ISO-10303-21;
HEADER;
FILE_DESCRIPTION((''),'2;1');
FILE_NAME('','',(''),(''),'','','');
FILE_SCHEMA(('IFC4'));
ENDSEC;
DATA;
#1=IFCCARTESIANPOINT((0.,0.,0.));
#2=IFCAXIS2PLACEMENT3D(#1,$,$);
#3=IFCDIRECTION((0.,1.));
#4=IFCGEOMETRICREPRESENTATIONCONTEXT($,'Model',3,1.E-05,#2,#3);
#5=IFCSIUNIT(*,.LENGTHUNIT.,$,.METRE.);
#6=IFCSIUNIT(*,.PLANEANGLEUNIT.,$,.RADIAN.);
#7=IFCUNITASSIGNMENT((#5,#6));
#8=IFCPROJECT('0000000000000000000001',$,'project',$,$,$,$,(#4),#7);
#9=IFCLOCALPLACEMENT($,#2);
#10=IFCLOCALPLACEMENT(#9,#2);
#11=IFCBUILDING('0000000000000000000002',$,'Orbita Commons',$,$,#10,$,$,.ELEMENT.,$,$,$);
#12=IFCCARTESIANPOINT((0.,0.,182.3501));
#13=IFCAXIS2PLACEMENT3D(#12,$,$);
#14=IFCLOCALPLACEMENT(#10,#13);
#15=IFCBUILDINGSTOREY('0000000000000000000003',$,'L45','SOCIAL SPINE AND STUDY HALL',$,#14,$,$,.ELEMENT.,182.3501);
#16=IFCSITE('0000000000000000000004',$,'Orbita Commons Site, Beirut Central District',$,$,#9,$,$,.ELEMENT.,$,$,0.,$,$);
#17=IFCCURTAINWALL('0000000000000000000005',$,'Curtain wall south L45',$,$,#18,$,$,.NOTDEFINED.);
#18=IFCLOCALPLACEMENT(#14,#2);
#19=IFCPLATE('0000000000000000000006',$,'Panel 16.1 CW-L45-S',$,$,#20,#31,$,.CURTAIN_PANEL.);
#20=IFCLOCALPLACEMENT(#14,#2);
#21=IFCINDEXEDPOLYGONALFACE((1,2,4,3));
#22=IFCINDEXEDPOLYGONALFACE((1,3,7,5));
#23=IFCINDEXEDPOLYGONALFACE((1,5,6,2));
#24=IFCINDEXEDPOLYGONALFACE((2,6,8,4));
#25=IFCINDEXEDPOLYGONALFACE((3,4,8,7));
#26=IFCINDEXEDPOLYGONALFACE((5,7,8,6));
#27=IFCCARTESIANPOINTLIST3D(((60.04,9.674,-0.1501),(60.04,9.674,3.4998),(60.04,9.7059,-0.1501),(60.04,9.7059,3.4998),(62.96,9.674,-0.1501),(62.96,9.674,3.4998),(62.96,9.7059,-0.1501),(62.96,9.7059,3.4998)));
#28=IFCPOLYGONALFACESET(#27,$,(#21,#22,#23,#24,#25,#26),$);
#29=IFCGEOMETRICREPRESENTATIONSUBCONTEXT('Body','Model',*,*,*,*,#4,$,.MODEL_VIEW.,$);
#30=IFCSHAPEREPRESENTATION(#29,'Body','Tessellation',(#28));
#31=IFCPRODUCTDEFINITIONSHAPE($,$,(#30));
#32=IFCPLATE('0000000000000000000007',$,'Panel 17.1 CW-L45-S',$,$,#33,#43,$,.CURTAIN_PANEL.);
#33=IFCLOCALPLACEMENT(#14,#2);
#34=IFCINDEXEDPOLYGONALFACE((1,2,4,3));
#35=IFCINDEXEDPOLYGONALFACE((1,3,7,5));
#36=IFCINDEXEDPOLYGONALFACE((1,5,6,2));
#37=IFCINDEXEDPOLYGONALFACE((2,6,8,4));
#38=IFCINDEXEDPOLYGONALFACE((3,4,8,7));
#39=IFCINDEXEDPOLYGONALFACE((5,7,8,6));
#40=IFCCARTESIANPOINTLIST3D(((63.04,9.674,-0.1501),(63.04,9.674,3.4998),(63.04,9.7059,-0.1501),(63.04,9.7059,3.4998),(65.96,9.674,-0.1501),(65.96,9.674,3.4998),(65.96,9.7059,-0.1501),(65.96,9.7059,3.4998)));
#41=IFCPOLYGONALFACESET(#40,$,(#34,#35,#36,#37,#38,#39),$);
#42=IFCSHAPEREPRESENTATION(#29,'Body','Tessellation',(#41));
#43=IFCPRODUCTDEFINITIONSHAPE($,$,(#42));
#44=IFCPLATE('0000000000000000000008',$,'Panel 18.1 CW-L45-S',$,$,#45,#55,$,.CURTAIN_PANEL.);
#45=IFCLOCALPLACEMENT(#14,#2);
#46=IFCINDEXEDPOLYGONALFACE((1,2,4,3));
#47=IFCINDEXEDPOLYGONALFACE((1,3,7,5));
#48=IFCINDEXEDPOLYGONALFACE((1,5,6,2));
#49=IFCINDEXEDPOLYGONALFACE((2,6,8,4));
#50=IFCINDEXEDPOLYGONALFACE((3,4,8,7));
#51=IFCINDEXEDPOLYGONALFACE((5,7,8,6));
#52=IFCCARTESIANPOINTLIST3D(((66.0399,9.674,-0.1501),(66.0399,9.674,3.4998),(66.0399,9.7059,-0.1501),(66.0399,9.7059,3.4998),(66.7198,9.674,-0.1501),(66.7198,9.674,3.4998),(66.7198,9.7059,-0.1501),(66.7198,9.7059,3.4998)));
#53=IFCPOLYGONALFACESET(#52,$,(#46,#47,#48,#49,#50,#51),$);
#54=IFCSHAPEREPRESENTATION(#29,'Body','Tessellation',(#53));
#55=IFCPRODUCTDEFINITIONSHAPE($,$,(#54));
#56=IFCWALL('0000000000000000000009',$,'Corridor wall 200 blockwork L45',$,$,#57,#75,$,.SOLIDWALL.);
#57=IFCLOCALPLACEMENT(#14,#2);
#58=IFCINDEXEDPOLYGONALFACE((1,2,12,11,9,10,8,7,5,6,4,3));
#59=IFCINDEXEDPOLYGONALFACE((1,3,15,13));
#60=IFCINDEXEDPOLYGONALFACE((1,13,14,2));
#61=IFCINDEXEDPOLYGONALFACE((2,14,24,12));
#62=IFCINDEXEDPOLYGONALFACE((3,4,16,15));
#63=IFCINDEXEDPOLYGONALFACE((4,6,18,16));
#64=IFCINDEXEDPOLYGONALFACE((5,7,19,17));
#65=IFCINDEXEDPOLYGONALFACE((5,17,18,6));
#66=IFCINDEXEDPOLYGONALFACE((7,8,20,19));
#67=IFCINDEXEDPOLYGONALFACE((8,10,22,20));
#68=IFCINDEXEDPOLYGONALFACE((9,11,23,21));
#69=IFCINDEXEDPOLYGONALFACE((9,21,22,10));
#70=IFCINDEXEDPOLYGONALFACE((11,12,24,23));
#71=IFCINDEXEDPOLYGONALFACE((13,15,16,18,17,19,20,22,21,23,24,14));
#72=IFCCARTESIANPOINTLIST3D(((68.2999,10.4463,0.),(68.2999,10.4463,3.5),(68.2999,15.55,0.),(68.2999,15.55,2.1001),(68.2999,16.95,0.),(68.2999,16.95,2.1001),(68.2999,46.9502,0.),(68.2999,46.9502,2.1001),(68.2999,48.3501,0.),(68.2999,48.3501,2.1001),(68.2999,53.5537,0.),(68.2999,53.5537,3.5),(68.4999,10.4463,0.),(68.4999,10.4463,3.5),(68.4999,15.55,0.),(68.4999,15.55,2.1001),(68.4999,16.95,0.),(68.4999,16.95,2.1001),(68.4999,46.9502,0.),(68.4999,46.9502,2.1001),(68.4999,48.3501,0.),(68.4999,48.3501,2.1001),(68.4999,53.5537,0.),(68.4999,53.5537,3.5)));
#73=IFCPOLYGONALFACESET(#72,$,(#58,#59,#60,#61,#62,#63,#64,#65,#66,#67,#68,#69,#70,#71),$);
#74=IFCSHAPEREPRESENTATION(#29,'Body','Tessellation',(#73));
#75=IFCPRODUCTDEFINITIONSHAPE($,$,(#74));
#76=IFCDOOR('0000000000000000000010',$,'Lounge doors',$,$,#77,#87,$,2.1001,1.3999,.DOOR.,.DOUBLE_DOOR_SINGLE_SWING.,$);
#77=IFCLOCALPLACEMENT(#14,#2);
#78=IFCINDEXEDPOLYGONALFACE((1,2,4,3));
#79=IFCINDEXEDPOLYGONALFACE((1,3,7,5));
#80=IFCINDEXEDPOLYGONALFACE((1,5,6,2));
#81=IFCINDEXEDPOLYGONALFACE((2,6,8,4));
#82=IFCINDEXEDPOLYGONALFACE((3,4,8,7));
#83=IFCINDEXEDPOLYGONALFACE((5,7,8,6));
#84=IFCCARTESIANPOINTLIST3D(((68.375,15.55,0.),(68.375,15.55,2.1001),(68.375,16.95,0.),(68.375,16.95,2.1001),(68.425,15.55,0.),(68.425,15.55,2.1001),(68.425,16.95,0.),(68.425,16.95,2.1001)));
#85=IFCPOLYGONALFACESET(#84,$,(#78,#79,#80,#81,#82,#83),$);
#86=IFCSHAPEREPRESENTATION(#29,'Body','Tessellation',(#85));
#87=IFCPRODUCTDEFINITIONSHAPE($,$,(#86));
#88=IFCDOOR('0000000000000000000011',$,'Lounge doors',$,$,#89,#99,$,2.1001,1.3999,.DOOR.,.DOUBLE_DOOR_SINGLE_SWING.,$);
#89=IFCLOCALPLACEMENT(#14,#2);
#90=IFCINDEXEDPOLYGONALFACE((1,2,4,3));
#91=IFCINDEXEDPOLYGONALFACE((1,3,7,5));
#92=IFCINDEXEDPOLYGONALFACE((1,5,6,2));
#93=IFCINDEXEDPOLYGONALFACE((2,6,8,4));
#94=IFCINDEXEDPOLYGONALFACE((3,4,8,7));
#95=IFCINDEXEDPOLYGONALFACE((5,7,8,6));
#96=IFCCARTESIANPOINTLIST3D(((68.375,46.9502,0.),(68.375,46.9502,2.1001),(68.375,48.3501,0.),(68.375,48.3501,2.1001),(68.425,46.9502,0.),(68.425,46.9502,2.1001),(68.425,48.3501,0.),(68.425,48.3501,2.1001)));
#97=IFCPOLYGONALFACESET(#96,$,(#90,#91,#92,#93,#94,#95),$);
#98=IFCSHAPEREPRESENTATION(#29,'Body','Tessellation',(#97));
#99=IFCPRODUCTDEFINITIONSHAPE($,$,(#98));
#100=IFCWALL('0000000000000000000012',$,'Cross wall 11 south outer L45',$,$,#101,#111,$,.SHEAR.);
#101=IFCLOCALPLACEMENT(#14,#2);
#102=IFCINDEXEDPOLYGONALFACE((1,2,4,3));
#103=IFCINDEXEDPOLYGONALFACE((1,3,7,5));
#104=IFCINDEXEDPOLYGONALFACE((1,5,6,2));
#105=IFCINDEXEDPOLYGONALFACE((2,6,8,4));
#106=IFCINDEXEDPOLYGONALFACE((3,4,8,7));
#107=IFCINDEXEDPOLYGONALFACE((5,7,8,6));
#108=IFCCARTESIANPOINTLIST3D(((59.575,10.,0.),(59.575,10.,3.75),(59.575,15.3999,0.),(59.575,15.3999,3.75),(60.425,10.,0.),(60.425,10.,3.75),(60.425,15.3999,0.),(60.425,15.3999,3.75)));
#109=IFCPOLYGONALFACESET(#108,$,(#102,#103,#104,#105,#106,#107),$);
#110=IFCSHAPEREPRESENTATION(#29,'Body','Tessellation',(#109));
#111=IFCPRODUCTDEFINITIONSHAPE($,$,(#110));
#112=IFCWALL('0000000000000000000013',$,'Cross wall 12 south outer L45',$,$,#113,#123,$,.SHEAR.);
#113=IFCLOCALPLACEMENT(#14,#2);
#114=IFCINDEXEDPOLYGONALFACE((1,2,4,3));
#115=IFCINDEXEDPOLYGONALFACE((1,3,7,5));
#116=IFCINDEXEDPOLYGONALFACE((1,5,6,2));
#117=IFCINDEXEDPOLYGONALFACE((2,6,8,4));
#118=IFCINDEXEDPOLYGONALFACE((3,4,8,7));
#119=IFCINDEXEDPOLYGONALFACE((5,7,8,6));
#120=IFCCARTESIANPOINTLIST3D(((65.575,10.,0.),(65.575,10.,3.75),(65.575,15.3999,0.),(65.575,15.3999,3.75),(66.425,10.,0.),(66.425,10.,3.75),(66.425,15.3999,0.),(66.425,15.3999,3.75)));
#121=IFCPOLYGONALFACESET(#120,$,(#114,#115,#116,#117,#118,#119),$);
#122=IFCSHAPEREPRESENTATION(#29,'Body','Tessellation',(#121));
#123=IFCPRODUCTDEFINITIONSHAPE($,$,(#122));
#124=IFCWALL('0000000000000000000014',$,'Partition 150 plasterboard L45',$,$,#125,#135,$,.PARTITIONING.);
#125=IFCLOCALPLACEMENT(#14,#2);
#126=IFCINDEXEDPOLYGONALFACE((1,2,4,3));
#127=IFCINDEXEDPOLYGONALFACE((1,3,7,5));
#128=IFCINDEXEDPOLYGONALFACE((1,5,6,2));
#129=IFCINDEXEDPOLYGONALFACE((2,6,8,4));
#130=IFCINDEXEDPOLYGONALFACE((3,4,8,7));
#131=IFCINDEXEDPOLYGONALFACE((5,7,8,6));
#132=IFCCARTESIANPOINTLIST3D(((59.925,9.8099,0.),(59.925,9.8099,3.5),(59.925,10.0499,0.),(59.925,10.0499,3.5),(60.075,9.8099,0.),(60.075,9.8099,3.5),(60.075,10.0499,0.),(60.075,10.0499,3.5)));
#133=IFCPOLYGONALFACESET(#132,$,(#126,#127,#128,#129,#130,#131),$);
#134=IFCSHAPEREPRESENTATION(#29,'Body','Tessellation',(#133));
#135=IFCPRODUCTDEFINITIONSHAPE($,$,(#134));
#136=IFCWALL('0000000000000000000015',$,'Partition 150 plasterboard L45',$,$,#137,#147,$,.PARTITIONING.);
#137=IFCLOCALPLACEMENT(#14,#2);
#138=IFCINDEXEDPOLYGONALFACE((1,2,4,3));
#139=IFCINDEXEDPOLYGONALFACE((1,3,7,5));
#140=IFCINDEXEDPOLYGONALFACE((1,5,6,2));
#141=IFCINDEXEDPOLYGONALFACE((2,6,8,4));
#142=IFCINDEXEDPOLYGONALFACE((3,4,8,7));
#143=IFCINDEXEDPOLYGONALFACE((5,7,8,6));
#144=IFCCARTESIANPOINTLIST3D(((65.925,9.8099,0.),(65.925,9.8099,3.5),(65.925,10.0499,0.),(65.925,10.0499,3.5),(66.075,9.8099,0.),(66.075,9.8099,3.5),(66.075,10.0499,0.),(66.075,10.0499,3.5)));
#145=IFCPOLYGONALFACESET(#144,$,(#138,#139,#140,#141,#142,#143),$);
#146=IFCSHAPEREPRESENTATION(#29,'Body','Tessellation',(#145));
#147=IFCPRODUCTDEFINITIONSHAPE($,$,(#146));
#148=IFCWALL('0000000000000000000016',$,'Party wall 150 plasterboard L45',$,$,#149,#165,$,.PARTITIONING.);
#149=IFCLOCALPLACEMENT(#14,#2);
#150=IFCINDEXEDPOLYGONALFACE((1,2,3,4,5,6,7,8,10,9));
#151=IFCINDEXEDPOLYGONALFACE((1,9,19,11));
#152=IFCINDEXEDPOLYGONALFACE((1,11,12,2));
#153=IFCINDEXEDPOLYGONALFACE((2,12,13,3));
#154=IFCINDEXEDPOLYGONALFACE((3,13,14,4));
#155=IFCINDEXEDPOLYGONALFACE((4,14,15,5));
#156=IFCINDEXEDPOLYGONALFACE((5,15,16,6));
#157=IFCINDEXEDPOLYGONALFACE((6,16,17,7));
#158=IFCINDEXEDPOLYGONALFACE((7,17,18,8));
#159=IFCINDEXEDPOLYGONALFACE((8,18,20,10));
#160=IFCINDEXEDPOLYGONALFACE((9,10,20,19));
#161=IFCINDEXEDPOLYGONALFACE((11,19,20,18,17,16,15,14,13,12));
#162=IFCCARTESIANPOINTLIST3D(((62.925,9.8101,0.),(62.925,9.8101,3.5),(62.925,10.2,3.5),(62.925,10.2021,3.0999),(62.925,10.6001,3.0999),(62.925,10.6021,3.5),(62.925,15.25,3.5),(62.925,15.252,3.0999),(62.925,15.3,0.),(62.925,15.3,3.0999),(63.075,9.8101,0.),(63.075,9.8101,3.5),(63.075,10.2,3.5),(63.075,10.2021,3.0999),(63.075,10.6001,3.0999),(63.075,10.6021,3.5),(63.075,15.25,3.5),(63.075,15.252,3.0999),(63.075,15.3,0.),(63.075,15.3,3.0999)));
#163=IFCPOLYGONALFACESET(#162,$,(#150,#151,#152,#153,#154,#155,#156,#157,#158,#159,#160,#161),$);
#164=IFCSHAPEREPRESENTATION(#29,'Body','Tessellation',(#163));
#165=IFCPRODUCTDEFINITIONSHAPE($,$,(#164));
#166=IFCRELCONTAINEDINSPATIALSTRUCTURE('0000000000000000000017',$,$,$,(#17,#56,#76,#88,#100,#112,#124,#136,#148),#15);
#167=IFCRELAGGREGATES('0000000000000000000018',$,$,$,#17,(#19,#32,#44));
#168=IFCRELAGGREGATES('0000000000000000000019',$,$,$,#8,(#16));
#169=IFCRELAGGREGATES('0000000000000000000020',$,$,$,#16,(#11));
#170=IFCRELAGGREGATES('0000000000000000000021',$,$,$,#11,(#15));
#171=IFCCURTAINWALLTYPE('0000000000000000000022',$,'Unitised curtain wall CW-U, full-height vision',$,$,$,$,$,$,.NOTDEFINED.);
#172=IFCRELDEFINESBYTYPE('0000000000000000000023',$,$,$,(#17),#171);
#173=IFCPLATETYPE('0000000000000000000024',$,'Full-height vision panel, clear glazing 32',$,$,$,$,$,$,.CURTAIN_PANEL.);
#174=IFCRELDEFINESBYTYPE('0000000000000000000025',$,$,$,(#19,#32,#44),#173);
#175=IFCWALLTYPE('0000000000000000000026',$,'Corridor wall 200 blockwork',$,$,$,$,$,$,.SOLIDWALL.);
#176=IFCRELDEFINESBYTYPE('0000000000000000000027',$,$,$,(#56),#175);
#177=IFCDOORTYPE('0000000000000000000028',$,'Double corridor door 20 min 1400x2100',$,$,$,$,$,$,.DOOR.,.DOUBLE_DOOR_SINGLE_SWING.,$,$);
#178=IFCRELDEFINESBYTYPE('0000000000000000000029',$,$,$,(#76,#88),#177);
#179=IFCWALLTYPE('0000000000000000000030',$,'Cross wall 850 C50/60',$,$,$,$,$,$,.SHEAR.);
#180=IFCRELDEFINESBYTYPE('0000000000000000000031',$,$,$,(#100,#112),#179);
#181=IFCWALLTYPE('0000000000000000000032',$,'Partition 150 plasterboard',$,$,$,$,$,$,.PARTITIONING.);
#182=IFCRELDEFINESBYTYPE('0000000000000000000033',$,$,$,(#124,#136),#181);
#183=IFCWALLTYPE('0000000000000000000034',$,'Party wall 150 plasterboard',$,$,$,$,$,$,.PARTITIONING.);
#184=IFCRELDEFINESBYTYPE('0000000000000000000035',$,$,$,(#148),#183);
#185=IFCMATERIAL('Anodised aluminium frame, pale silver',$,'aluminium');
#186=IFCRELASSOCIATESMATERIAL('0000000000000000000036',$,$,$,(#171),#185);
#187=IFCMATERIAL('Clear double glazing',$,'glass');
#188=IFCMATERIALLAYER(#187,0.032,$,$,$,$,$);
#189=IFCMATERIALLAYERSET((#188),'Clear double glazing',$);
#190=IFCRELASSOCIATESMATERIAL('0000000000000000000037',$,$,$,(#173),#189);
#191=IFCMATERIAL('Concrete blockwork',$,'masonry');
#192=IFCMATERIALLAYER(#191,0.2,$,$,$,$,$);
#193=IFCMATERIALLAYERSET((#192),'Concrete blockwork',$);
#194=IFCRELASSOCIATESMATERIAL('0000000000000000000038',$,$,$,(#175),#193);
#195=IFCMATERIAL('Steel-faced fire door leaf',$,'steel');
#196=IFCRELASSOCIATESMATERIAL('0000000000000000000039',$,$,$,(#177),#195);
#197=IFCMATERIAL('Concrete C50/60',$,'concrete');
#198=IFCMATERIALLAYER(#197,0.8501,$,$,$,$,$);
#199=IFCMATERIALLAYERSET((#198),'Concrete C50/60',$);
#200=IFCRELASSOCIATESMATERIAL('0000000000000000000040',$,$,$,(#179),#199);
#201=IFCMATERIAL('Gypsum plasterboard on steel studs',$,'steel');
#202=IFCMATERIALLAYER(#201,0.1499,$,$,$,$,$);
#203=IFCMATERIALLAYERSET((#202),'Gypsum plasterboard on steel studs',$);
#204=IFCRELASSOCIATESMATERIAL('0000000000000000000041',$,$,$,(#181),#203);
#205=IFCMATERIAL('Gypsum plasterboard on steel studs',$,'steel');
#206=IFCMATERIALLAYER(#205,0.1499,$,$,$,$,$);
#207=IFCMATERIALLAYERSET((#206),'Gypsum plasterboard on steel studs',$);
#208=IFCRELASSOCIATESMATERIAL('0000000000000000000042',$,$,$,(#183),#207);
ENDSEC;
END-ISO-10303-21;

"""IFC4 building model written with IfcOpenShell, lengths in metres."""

from ifc_helpers import new_model, si_unit, direction, frame, frame_2d, origin, origin_2d, place, context, subcontext, project, spatial, polyline, rectangle, outline, extrude, material, layer, layer_set, type_object, element, fill, aggregate, save


model = new_model("IFC4")

# Units and contexts
model_context = context("Model", 3, precision=1e-05, world=origin(), true_north=direction((0.0, 1.0)))
body_context = subcontext(model_context, "Body", "Model", "MODEL_VIEW")
ifc_project = project(units=[si_unit("LENGTHUNIT", "METRE"), si_unit("PLANEANGLEUNIT", "RADIAN")], contexts=[model_context])

# Site, building, storey
site_placement = place(None, origin())
site = spatial("IfcSite", under=ifc_project, at=site_placement, Name="Orbita Commons Site, Beirut Central District", CompositionType="ELEMENT", RefElevation=0.0)
building_placement = place(site_placement, origin())
building = spatial("IfcBuilding", under=site, at=building_placement, Name="Orbita Commons", CompositionType="ELEMENT")
storey_placement = place(building_placement, frame((0.0, 0.0, 182.3501)))
storey = spatial("IfcBuildingStorey", under=building, at=storey_placement, Name="L45", Description="SOCIAL SPINE AND STUDY HALL", CompositionType="ELEMENT", Elevation=182.3501)

# Curtain wall
ifc_material_1 = material(Name="Anodised aluminium frame, pale silver", Category="aluminium")
curtain_wall_type = type_object("IfcCurtainWallType", Name="Unitised curtain wall CW-U, full-height vision", PredefinedType="NOTDEFINED", material=ifc_material_1)
curtain_wall_placement = place(storey_placement, origin())
curtain_wall = element("IfcCurtainWall", 1, at=curtain_wall_placement, inside=storey, type_object=curtain_wall_type, Name="Curtain wall south L45", PredefinedType="NOTDEFINED")

# Plates
ifc_material_2 = material(Name="Clear double glazing", Category="glass")
ifc_layer_1 = layer(ifc_material_2, 0.032)
ifc_layer_set_1 = layer_set([ifc_layer_1], Name="Clear double glazing")
plate_type = type_object("IfcPlateType", Name="Full-height vision panel, clear glazing 32", PredefinedType="CURTAIN_PANEL", material=ifc_layer_set_1)
plate_1_placement = place(storey_placement, frame((61.5, 9.6899, -0.1501), z_axis=(0.0, 0.0, 1.0), x_axis=(1.0, 0.0, 0.0)))
plate_1 = element("IfcPlate", 2, at=plate_1_placement, type_object=plate_type, Name="Panel 16.1 CW-L45-S", PredefinedType="CURTAIN_PANEL", context=body_context, shape_type="SweptSolid", body=[
    extrude(rectangle(XDim=2.9199, YDim=0.032, at=origin_2d()), origin(), (0.0, 0.0, 1.0), 3.6499),
])
plate_2_placement = place(storey_placement, frame((64.5, 9.6899, -0.1501), z_axis=(0.0, 0.0, 1.0), x_axis=(1.0, 0.0, 0.0)))
plate_2 = element("IfcPlate", 3, at=plate_2_placement, type_object=plate_type, Name="Panel 17.1 CW-L45-S", PredefinedType="CURTAIN_PANEL", context=body_context, shape_type="SweptSolid", body=[
    extrude(rectangle(XDim=2.9199, YDim=0.032, at=origin_2d()), origin(), (0.0, 0.0, 1.0), 3.6499),
])
plate_3_placement = place(storey_placement, frame((66.3799, 9.6899, -0.1501), z_axis=(0.0, 0.0, 1.0), x_axis=(1.0, 0.0, 0.0)))
plate_3 = element("IfcPlate", 4, at=plate_3_placement, type_object=plate_type, Name="Panel 18.1 CW-L45-S", PredefinedType="CURTAIN_PANEL", context=body_context, shape_type="SweptSolid", body=[
    extrude(rectangle(XDim=0.6799, YDim=0.032, at=origin_2d()), origin(), (0.0, 0.0, 1.0), 3.6499),
])
aggregate(curtain_wall, [plate_1, plate_2, plate_3])

# Wall, openings, doors
ifc_material_3 = material(Name="Concrete blockwork", Category="masonry")
ifc_layer_2 = layer(ifc_material_3, 0.2)
ifc_layer_set_2 = layer_set([ifc_layer_2], Name="Concrete blockwork")
wall_type_1 = type_object("IfcWallType", Name="Corridor wall 200 blockwork", PredefinedType="SOLIDWALL", material=ifc_layer_set_2)
wall_1_placement = place(storey_placement, frame((68.3999, 10.4463, 0.0), z_axis=(0.0, 0.0, 1.0), x_axis=(0.0, 1.0, 0.0)))
wall_1 = element("IfcWall", 5, at=wall_1_placement, inside=storey, type_object=wall_type_1, Name="Corridor wall 200 blockwork L45", PredefinedType="SOLIDWALL", context=body_context, shape_type="SweptSolid", body=[
    extrude(rectangle(XDim=43.1074, YDim=0.2, at=frame_2d((21.5537, 0.0))), origin(), (0.0, 0.0, 1.0), 3.5),
])
opening_1_placement = place(wall_1_placement, frame((5.1038, 0.0, 0.0)))
opening_1 = element("IfcOpeningElement", 6, at=opening_1_placement, cuts=wall_1, PredefinedType="OPENING", context=body_context, shape_type="SweptSolid", body=[
    extrude(rectangle(XDim=1.3999, YDim=2.1001, at=frame_2d((0.7, 1.05))), frame((0.0, 0.1099, 0.0), z_axis=(0.0, -1.0, 0.0), x_axis=(1.0, 0.0, 0.0)), (0.0, 0.0, 1.0), 0.22),
])
opening_2_placement = place(wall_1_placement, frame((36.5039, 0.0, 0.0)))
opening_2 = element("IfcOpeningElement", 7, at=opening_2_placement, cuts=wall_1, PredefinedType="OPENING", context=body_context, shape_type="SweptSolid", body=[
    extrude(rectangle(XDim=1.3999, YDim=2.1001, at=frame_2d((0.7, 1.05))), frame((0.0, 0.1099, 0.0), z_axis=(0.0, -1.0, 0.0), x_axis=(1.0, 0.0, 0.0)), (0.0, 0.0, 1.0), 0.22),
])
ifc_material_4 = material(Name="Steel-faced fire door leaf", Category="steel")
door_type = type_object("IfcDoorType", Name="Double corridor door 20 min 1400x2100", OperationType="DOUBLE_DOOR_SINGLE_SWING", PredefinedType="DOOR", material=ifc_material_4)
door_1_placement = place(opening_1_placement, origin())
door_1 = element("IfcDoor", 8, at=door_1_placement, inside=storey, type_object=door_type, Name="Lounge doors", OperationType="DOUBLE_DOOR_SINGLE_SWING", OverallHeight=2.1001, OverallWidth=1.3999, PredefinedType="DOOR", context=body_context, shape_type="SweptSolid", body=[
    extrude(rectangle(XDim=1.3999, YDim=2.1001, at=frame_2d((0.7, 1.05))), frame((0.0, 0.0249, 0.0), z_axis=(0.0, -1.0, 0.0), x_axis=(1.0, 0.0, 0.0)), (0.0, 0.0, 1.0), 0.05),
])
fill(opening_1, door_1)
door_2_placement = place(opening_2_placement, origin())
door_2 = element("IfcDoor", 9, at=door_2_placement, inside=storey, type_object=door_type, Name="Lounge doors", OperationType="DOUBLE_DOOR_SINGLE_SWING", OverallHeight=2.1001, OverallWidth=1.3999, PredefinedType="DOOR", context=body_context, shape_type="SweptSolid", body=[
    extrude(rectangle(XDim=1.3999, YDim=2.1001, at=frame_2d((0.7, 1.05))), frame((0.0, 0.0249, 0.0), z_axis=(0.0, -1.0, 0.0), x_axis=(1.0, 0.0, 0.0)), (0.0, 0.0, 1.0), 0.05),
])
fill(opening_2, door_2)

# Walls
ifc_material_5 = material(Name="Concrete C50/60", Category="concrete")
ifc_layer_3 = layer(ifc_material_5, 0.8501)
ifc_layer_set_3 = layer_set([ifc_layer_3], Name="Concrete C50/60")
wall_type_2 = type_object("IfcWallType", Name="Cross wall 850 C50/60", PredefinedType="SHEAR", material=ifc_layer_set_3)
for number, where, z_axis, x_axis, name in (
    (10, (60.0, 10.0, 0.0), (0.0, 0.0, 1.0), (0.0, 1.0, 0.0), "Cross wall 11 south outer L45"),
    (11, (66.0, 10.0, 0.0), (0.0, 0.0, 1.0), (0.0, 1.0, 0.0), "Cross wall 12 south outer L45"),
):
    element("IfcWall", number, at=place(storey_placement, frame(where, z_axis=z_axis, x_axis=x_axis)), inside=storey, type_object=wall_type_2, Name=name, PredefinedType="SHEAR", context=body_context, shape_type="SweptSolid", body=[
        extrude(rectangle(XDim=5.3999, YDim=0.8501, at=frame_2d((2.7, 0.0))), origin(), (0.0, 0.0, 1.0), 3.75),
    ])
ifc_material_6 = material(Name="Gypsum plasterboard on steel studs", Category="steel")
ifc_layer_4 = layer(ifc_material_6, 0.1499)
ifc_layer_set_4 = layer_set([ifc_layer_4], Name="Gypsum plasterboard on steel studs")
wall_type_3 = type_object("IfcWallType", Name="Partition 150 plasterboard", PredefinedType="PARTITIONING", material=ifc_layer_set_4)
for number, where, z_axis, x_axis, name in (
    (12, (60.0, 10.05, 0.0), (0.0, 0.0, 1.0), (0.0, -1.0, 0.0), "Partition 150 plasterboard L45"),
    (13, (66.0, 10.05, 0.0), (0.0, 0.0, 1.0), (0.0, -1.0, 0.0), "Partition 150 plasterboard L45"),
):
    element("IfcWall", number, at=place(storey_placement, frame(where, z_axis=z_axis, x_axis=x_axis)), inside=storey, type_object=wall_type_3, Name=name, PredefinedType="PARTITIONING", context=body_context, shape_type="SweptSolid", body=[
        extrude(rectangle(XDim=0.24, YDim=0.1499, at=frame_2d((0.1201, 0.0))), origin(), (0.0, 0.0, 1.0), 3.5),
    ])
ifc_material_7 = material(Name="Gypsum plasterboard on steel studs", Category="steel")
ifc_layer_5 = layer(ifc_material_7, 0.1499)
ifc_layer_set_5 = layer_set([ifc_layer_5], Name="Gypsum plasterboard on steel studs")
wall_type_4 = type_object("IfcWallType", Name="Party wall 150 plasterboard", PredefinedType="PARTITIONING", material=ifc_layer_set_5)
wall_2_placement = place(storey_placement, frame((63.0, 9.8101, 0.0), z_axis=(0.0, 0.0, 1.0), x_axis=(0.0, 1.0, 0.0)))
element("IfcWall", 14, at=wall_2_placement, inside=storey, type_object=wall_type_4, Name="Party wall 150 plasterboard L45", PredefinedType="PARTITIONING", context=body_context, shape_type="SweptSolid", body=[
    extrude(outline(polyline([(0.0, 0.0), (5.49, 0.0), (5.49, 3.0999), (5.4419, 3.0999), (5.4399, 3.5), (0.792, 3.5), (0.79, 3.0999), (0.3921, 3.0999), (0.3899, 3.5), (0.0, 3.5), (0.0, 0.0)])), frame((0.0, 0.075, 0.0), z_axis=(0.0, -1.0, 0.0), x_axis=(1.0, 0.0, 0.0)), (0.0, 0.0, 1.0), 0.1499),
])

save(model, "model.ifc")
